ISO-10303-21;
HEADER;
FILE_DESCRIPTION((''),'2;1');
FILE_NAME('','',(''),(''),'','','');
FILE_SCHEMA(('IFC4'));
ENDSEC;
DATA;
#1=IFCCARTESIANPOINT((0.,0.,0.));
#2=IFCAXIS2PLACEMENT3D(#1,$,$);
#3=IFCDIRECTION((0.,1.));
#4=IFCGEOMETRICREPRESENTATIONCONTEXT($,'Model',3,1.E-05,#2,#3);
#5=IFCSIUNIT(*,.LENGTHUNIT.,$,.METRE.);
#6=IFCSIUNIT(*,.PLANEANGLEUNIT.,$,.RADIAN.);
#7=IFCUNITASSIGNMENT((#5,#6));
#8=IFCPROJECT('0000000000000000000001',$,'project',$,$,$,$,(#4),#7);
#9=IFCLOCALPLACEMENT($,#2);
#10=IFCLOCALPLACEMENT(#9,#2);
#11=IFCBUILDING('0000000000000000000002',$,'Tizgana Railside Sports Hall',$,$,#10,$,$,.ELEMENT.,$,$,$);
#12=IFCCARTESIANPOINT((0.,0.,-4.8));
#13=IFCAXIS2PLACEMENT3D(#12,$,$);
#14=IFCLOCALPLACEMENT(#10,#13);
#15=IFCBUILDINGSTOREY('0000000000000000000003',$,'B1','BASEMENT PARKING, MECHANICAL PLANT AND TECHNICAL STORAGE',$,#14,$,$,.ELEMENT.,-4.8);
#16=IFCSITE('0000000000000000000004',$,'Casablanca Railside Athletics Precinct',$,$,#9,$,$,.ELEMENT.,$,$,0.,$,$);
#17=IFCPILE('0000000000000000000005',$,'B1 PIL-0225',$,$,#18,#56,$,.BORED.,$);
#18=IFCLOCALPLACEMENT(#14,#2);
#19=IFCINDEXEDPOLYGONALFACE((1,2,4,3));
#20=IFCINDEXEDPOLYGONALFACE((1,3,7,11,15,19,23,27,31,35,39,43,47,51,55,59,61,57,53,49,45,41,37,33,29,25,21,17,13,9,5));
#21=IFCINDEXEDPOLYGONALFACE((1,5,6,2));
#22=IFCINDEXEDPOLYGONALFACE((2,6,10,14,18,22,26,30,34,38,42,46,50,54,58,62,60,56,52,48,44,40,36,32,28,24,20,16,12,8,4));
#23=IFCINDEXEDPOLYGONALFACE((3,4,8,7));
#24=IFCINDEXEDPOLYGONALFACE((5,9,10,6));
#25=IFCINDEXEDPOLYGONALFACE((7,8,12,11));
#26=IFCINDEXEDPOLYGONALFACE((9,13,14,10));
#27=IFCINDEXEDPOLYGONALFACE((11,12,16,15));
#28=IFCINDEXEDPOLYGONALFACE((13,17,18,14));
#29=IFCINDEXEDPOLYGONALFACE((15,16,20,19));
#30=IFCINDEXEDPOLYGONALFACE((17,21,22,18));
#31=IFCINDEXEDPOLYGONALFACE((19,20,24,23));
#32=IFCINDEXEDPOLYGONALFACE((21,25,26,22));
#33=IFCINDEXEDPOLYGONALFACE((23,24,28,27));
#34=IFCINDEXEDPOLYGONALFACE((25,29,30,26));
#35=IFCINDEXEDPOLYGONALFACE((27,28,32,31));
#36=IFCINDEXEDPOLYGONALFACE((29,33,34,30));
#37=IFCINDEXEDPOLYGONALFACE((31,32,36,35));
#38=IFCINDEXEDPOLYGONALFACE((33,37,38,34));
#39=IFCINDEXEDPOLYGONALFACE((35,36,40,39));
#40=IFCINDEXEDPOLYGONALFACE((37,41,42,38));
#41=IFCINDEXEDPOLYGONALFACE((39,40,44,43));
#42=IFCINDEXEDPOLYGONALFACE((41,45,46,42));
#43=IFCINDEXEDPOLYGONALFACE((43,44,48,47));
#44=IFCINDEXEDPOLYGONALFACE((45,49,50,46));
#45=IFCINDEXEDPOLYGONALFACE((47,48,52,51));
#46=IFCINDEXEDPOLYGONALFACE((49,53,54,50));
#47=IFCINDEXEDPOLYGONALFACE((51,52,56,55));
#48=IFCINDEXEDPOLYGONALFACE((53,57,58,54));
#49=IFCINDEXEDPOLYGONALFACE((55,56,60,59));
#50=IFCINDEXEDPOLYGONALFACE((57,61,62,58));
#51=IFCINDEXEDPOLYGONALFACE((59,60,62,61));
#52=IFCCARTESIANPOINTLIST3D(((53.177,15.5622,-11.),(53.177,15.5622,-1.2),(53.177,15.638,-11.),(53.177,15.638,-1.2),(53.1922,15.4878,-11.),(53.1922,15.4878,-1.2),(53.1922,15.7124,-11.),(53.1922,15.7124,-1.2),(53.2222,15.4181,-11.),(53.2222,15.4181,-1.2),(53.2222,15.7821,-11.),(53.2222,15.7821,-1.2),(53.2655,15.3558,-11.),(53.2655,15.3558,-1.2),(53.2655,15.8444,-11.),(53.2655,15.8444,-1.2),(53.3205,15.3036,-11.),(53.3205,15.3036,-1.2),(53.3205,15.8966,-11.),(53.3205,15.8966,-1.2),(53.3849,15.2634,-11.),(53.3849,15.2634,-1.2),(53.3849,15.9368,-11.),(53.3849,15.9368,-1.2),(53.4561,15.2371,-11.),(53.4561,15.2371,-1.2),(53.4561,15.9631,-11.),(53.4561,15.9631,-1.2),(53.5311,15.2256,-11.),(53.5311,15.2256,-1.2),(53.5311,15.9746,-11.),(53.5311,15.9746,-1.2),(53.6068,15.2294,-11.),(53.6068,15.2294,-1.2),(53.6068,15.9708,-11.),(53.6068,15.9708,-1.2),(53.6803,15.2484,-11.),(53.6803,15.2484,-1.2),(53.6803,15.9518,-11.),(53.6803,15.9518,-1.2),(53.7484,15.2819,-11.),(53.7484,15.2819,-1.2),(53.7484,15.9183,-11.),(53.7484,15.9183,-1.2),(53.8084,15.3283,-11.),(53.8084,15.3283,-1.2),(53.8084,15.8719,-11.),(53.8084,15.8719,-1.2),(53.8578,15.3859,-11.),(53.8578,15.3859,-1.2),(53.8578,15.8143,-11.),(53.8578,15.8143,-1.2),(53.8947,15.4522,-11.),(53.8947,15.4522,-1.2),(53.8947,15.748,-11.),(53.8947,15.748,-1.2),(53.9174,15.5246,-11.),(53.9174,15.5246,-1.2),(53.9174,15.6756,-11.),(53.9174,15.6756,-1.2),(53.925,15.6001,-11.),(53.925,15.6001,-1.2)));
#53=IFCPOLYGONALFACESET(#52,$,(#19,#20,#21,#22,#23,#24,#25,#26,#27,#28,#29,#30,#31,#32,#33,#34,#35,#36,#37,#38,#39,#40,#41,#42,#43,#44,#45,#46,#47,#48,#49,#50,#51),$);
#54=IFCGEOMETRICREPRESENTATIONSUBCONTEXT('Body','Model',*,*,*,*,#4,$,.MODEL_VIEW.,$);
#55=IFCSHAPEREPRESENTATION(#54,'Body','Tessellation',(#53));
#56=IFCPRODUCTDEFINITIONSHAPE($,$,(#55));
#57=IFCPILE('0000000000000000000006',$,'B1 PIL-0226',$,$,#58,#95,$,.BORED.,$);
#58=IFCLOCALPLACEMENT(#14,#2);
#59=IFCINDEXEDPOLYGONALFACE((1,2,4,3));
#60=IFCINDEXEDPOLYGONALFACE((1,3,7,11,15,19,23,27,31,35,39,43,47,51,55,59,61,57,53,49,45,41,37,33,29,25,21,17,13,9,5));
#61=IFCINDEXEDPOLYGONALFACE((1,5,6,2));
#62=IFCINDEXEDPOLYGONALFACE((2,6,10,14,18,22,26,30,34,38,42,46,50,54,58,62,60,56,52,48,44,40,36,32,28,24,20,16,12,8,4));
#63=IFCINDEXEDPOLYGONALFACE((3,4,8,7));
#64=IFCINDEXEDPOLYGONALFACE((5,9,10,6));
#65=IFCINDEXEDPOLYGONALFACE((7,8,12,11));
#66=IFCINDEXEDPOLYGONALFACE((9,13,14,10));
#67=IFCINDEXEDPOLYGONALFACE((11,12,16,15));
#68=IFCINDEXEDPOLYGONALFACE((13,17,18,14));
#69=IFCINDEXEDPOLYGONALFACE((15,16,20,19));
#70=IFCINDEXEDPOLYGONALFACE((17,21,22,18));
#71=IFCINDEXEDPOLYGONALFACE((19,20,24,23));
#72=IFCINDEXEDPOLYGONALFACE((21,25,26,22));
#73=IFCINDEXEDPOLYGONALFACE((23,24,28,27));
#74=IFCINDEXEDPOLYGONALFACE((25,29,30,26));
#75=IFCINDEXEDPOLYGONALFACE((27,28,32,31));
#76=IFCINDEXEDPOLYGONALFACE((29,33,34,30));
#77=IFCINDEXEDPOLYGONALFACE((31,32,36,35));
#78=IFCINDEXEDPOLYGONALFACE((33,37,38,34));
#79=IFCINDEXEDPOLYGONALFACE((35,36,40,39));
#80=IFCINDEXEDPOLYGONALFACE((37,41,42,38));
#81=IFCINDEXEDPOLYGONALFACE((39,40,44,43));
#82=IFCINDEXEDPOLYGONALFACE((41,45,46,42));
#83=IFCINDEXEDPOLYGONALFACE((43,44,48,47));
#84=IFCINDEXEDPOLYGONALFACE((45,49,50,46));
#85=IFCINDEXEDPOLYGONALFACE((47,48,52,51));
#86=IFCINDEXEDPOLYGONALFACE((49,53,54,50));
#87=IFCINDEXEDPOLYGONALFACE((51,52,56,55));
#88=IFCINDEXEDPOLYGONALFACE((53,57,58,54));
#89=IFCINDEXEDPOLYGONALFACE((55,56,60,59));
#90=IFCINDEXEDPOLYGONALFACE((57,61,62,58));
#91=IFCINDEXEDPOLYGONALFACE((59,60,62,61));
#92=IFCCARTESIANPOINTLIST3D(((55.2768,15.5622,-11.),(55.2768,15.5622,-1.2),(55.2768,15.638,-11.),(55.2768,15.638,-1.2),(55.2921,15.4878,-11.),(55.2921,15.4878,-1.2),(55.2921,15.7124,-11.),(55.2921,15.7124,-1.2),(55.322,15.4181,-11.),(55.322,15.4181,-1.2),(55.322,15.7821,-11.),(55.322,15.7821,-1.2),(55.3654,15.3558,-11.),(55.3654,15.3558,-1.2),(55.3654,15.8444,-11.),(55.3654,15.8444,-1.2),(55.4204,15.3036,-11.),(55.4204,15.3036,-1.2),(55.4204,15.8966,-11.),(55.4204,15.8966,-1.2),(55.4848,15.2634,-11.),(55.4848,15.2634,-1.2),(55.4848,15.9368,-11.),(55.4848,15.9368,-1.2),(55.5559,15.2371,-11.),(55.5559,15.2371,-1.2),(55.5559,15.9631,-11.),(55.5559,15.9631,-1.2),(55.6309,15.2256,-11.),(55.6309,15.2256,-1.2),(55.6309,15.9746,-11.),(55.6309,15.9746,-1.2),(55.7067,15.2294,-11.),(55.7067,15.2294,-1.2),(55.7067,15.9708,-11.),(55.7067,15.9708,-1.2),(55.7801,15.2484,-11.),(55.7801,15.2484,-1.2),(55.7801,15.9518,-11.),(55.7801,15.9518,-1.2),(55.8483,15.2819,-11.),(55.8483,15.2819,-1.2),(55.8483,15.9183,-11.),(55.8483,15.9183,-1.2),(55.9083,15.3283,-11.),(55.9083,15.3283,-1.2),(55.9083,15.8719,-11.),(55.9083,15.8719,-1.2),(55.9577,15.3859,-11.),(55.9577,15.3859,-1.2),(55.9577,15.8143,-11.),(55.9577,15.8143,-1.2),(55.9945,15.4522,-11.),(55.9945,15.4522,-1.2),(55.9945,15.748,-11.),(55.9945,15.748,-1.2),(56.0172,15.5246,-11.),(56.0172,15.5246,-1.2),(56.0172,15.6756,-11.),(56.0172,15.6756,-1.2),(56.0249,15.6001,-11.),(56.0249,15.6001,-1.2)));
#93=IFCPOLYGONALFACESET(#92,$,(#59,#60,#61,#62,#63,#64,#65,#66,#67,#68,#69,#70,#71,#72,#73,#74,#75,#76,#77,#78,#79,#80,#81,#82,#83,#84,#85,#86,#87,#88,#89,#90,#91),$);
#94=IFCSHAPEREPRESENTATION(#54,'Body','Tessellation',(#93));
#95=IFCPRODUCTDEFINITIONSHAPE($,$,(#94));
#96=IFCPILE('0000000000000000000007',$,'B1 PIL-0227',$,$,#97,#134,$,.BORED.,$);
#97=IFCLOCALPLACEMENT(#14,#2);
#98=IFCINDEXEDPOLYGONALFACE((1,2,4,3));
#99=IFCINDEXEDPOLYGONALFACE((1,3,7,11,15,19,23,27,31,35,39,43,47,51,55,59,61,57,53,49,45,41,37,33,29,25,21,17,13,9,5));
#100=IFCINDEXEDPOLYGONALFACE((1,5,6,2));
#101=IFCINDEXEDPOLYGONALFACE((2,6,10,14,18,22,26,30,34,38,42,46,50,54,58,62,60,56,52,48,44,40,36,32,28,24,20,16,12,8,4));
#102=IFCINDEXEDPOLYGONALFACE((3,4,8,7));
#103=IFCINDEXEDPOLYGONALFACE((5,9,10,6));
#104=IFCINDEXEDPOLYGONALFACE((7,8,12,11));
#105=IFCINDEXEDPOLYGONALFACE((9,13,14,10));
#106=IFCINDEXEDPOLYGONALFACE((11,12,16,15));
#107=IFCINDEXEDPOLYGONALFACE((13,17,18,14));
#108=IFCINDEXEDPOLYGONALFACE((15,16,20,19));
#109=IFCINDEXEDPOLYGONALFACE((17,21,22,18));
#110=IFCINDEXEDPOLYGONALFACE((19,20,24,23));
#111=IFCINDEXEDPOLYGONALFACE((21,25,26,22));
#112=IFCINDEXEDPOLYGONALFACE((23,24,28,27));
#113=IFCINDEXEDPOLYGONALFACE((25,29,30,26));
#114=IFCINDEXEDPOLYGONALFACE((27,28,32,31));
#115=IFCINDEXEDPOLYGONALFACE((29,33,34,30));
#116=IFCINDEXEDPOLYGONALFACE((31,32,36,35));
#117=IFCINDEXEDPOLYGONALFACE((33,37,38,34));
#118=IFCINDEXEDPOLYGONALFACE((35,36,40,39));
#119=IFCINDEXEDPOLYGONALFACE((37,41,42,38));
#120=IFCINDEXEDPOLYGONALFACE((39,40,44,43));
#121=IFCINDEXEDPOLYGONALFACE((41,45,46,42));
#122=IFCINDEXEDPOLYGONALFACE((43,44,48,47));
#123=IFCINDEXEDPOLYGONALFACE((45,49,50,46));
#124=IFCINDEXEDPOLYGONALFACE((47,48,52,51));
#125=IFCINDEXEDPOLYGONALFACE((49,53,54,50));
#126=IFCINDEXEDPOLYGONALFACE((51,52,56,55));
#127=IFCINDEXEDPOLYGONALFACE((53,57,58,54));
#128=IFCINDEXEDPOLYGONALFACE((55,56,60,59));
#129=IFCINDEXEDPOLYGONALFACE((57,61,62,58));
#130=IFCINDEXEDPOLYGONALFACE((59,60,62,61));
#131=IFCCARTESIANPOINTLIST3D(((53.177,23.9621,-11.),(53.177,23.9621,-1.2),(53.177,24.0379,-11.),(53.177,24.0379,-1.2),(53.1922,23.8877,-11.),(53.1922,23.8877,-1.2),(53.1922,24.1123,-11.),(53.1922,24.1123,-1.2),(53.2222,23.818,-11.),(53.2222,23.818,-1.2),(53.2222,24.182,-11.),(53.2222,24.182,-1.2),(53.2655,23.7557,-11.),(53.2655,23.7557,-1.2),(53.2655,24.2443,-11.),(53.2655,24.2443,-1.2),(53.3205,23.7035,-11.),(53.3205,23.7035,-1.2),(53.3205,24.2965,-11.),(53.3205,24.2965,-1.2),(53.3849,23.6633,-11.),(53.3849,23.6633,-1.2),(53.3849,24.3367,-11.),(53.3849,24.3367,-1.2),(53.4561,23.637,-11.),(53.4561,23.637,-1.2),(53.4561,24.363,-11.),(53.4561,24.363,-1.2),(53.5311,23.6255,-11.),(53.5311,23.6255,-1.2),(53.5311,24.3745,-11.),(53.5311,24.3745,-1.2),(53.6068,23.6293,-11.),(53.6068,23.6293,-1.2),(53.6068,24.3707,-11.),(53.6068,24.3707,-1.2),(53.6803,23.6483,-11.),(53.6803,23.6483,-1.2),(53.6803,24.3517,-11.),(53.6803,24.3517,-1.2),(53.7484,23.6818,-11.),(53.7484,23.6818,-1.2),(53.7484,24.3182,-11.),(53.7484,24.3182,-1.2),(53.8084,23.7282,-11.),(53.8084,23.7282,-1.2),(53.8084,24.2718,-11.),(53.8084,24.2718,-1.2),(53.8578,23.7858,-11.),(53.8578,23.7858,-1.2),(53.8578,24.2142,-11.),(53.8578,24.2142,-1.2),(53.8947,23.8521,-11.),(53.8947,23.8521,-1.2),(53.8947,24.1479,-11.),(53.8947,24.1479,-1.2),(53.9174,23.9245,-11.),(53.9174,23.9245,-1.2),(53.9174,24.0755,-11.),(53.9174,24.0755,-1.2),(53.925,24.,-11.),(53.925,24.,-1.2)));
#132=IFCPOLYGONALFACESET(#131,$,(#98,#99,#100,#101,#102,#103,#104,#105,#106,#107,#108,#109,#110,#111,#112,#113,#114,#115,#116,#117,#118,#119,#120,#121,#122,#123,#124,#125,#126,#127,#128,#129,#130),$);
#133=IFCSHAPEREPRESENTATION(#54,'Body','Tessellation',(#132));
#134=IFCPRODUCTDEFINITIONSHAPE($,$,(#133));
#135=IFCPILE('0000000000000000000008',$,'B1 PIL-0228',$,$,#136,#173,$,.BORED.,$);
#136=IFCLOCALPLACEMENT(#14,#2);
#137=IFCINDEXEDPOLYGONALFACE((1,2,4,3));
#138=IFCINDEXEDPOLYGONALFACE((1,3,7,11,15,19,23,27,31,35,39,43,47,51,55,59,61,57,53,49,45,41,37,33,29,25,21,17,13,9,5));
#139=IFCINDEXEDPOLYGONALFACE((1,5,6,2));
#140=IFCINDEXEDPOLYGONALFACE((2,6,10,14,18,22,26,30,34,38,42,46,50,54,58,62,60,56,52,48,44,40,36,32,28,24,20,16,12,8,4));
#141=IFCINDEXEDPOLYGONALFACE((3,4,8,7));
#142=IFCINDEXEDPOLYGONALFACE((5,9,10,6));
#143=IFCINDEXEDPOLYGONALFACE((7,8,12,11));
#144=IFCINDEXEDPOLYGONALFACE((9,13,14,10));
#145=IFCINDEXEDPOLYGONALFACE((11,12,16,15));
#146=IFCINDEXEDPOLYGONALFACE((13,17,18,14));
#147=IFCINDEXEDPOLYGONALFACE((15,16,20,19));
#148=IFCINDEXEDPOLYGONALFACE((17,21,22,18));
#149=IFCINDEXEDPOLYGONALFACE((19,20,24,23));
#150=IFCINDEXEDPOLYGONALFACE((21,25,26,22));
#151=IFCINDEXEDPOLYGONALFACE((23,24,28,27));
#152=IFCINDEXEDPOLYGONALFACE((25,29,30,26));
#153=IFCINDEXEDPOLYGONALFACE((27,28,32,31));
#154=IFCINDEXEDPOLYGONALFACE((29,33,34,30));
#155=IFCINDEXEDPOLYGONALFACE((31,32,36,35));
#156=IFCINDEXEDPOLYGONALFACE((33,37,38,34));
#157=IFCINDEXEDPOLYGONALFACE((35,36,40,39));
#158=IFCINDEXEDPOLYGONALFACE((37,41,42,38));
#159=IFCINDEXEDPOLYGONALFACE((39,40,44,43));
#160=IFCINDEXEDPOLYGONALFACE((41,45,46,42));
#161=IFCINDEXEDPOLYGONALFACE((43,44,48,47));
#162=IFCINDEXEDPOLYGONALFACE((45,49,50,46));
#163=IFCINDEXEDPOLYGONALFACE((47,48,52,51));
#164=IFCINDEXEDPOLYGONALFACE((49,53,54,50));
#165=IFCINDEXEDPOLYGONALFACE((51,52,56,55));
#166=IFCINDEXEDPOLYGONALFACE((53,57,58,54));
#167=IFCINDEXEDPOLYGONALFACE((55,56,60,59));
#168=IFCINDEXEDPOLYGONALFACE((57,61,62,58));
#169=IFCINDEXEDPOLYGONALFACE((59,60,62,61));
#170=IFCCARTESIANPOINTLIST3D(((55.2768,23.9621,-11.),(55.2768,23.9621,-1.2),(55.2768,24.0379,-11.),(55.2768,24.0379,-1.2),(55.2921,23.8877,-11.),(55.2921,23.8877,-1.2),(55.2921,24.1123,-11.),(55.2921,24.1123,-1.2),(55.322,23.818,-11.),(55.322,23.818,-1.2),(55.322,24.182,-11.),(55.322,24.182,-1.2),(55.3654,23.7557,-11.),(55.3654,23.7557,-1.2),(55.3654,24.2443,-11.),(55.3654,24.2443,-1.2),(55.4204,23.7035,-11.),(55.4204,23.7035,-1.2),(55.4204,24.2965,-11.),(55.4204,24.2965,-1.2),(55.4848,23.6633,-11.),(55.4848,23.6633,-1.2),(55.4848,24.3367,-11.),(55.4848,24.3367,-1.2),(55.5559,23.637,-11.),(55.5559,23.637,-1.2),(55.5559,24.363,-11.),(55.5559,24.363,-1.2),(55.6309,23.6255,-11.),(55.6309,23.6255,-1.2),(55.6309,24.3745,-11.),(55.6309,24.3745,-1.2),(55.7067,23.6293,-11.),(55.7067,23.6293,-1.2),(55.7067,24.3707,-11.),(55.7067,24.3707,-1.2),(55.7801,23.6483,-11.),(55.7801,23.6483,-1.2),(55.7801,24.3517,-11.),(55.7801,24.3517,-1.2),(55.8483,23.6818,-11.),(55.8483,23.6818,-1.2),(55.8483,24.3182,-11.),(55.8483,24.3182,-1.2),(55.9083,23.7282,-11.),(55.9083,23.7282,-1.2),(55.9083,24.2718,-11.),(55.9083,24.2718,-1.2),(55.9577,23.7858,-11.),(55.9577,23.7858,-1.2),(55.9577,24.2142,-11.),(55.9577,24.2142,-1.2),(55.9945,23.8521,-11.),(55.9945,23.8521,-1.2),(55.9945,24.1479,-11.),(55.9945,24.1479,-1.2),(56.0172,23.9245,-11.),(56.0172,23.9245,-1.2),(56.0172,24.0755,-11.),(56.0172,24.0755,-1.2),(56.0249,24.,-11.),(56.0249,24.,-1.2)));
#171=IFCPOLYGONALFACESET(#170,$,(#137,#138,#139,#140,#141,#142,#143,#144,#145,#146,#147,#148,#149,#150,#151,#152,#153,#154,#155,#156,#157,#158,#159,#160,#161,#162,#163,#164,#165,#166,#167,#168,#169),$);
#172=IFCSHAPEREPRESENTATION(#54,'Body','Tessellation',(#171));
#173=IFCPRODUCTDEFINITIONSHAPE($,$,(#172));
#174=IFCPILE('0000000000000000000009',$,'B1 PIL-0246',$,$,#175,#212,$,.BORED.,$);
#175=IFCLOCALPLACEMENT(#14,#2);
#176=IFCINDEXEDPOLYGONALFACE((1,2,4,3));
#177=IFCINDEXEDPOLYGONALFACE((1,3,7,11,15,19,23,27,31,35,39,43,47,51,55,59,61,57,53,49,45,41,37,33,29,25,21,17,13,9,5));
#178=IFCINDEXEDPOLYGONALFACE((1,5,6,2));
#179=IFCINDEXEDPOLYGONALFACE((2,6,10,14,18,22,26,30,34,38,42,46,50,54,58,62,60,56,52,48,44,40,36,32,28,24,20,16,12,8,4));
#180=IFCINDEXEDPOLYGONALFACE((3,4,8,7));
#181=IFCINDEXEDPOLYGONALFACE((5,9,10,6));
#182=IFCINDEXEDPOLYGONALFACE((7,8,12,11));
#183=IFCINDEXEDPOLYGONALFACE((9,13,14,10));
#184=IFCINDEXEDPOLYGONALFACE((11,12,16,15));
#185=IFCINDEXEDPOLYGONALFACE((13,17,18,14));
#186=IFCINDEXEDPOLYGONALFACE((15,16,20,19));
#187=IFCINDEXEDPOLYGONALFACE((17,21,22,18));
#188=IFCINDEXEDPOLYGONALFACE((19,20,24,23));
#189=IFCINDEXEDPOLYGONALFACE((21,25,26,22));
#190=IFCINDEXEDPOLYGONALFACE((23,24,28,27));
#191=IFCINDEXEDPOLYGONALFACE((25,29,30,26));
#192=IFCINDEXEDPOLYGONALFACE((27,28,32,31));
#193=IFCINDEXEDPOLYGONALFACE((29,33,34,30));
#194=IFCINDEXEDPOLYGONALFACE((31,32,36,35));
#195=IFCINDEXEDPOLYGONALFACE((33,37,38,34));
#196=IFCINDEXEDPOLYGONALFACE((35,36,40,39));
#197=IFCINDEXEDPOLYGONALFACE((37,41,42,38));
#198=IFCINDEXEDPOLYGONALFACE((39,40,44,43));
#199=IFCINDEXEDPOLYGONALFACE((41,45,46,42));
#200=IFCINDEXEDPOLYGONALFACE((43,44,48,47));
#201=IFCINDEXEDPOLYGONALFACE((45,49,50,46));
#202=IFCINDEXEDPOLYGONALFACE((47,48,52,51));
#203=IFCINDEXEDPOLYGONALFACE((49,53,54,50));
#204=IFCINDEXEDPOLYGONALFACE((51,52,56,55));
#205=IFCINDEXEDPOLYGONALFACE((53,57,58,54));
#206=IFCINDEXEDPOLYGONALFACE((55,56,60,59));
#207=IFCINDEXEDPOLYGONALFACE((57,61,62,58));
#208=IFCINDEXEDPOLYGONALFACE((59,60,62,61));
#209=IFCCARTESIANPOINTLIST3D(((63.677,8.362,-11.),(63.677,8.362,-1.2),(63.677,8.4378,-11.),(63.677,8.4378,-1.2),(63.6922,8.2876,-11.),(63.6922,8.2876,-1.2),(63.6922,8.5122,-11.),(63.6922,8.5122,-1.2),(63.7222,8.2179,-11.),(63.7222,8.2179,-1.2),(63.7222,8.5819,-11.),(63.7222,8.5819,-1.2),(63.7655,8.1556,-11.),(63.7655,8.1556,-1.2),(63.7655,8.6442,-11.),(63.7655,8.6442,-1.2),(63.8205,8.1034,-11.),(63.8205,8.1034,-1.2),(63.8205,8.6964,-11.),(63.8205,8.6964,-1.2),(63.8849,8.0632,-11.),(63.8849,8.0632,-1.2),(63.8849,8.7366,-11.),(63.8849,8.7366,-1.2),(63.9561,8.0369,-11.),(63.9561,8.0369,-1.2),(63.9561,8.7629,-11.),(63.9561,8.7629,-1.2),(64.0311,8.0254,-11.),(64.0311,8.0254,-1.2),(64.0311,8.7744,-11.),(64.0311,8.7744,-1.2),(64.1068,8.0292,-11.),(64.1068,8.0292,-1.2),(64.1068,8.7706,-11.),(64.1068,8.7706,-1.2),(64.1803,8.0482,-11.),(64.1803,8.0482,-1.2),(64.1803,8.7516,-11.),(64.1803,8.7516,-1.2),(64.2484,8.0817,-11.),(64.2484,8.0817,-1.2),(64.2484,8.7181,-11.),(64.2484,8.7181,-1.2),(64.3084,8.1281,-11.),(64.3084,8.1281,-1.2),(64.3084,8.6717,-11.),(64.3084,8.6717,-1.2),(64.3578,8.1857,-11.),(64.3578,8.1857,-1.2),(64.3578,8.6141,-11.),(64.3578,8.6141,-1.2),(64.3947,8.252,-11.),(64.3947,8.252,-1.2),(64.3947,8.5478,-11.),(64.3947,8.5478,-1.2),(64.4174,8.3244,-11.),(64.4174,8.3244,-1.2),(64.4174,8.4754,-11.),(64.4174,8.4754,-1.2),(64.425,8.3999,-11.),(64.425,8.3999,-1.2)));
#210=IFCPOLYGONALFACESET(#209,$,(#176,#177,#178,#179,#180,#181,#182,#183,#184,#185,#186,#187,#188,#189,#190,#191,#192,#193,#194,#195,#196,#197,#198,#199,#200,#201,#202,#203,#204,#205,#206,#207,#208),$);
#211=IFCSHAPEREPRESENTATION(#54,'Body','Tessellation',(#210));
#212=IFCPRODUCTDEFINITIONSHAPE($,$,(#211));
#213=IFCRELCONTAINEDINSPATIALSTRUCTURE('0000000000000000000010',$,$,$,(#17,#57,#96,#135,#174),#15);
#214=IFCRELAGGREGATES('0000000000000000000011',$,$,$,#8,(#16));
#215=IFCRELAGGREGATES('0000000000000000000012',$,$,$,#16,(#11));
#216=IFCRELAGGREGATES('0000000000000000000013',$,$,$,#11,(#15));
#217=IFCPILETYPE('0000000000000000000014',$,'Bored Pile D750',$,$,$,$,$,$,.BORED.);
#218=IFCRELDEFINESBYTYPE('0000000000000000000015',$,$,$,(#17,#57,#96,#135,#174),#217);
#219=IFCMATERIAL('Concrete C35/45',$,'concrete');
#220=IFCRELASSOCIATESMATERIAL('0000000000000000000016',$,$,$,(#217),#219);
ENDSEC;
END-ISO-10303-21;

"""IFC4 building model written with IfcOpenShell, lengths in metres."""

from ifc_helpers import new_model, si_unit, direction, frame, origin, origin_2d, place, context, subcontext, project, spatial, circle, extrude, material, material_profile, profile_set, type_object, element, save


model = new_model("IFC4")

# Units and contexts
model_context = context("Model", 3, precision=1e-05, world=origin(), true_north=direction((0.0, 1.0)))
body_context = subcontext(model_context, "Body", "Model", "MODEL_VIEW")
ifc_project = project(units=[si_unit("LENGTHUNIT", "METRE"), si_unit("PLANEANGLEUNIT", "RADIAN")], contexts=[model_context])

# Site, building, storey
site_placement = place(None, origin())
site = spatial("IfcSite", under=ifc_project, at=site_placement, Name="Casablanca Railside Athletics Precinct", CompositionType="ELEMENT", RefElevation=0.0)
building_placement = place(site_placement, origin())
building = spatial("IfcBuilding", under=site, at=building_placement, Name="Tizgana Railside Sports Hall", CompositionType="ELEMENT")
storey_placement = place(building_placement, frame((0.0, 0.0, -4.8)))
storey = spatial("IfcBuildingStorey", under=building, at=storey_placement, Name="B1", Description="BASEMENT PARKING, MECHANICAL PLANT AND TECHNICAL STORAGE", CompositionType="ELEMENT", Elevation=-4.8)

# Piles
ifc_material_1 = material(Name="Concrete C35/45", Category="concrete")
ifc_material_profile_1 = material_profile(ifc_material_1, circle(Radius=0.375, at=origin_2d()), Name="PILE D750")
ifc_profile_set_1 = profile_set([ifc_material_profile_1], Name="Concrete C35/45")
pile_type = type_object("IfcPileType", Name="Bored Pile D750", PredefinedType="BORED", material=ifc_profile_set_1)
for number, where, z_axis, x_axis, name in (
    (1, (53.55, 15.6001, -1.2), (0.0, 0.0, -1.0), (1.0, 0.0, 0.0), "B1 PIL-0225"),
    (2, (55.6499, 15.6001, -1.2), (0.0, 0.0, -1.0), (1.0, 0.0, 0.0), "B1 PIL-0226"),
    (3, (53.55, 24.0, -1.2), (0.0, 0.0, -1.0), (1.0, 0.0, 0.0), "B1 PIL-0227"),
    (4, (55.6499, 24.0, -1.2), (0.0, 0.0, -1.0), (1.0, 0.0, 0.0), "B1 PIL-0228"),
    (5, (64.05, 8.3999, -1.2), (0.0, 0.0, -1.0), (1.0, 0.0, 0.0), "B1 PIL-0246"),
):
    element("IfcPile", number, at=place(storey_placement, frame(where, z_axis=z_axis, x_axis=x_axis)), inside=storey, type_object=pile_type, Name=name, PredefinedType="BORED", context=body_context, shape_type="SweptSolid", body=[
        extrude(circle(Radius=0.375, at=origin_2d()), origin(), (0.0, 0.0, 1.0), 9.8),
    ])

save(model, "model.ifc")
